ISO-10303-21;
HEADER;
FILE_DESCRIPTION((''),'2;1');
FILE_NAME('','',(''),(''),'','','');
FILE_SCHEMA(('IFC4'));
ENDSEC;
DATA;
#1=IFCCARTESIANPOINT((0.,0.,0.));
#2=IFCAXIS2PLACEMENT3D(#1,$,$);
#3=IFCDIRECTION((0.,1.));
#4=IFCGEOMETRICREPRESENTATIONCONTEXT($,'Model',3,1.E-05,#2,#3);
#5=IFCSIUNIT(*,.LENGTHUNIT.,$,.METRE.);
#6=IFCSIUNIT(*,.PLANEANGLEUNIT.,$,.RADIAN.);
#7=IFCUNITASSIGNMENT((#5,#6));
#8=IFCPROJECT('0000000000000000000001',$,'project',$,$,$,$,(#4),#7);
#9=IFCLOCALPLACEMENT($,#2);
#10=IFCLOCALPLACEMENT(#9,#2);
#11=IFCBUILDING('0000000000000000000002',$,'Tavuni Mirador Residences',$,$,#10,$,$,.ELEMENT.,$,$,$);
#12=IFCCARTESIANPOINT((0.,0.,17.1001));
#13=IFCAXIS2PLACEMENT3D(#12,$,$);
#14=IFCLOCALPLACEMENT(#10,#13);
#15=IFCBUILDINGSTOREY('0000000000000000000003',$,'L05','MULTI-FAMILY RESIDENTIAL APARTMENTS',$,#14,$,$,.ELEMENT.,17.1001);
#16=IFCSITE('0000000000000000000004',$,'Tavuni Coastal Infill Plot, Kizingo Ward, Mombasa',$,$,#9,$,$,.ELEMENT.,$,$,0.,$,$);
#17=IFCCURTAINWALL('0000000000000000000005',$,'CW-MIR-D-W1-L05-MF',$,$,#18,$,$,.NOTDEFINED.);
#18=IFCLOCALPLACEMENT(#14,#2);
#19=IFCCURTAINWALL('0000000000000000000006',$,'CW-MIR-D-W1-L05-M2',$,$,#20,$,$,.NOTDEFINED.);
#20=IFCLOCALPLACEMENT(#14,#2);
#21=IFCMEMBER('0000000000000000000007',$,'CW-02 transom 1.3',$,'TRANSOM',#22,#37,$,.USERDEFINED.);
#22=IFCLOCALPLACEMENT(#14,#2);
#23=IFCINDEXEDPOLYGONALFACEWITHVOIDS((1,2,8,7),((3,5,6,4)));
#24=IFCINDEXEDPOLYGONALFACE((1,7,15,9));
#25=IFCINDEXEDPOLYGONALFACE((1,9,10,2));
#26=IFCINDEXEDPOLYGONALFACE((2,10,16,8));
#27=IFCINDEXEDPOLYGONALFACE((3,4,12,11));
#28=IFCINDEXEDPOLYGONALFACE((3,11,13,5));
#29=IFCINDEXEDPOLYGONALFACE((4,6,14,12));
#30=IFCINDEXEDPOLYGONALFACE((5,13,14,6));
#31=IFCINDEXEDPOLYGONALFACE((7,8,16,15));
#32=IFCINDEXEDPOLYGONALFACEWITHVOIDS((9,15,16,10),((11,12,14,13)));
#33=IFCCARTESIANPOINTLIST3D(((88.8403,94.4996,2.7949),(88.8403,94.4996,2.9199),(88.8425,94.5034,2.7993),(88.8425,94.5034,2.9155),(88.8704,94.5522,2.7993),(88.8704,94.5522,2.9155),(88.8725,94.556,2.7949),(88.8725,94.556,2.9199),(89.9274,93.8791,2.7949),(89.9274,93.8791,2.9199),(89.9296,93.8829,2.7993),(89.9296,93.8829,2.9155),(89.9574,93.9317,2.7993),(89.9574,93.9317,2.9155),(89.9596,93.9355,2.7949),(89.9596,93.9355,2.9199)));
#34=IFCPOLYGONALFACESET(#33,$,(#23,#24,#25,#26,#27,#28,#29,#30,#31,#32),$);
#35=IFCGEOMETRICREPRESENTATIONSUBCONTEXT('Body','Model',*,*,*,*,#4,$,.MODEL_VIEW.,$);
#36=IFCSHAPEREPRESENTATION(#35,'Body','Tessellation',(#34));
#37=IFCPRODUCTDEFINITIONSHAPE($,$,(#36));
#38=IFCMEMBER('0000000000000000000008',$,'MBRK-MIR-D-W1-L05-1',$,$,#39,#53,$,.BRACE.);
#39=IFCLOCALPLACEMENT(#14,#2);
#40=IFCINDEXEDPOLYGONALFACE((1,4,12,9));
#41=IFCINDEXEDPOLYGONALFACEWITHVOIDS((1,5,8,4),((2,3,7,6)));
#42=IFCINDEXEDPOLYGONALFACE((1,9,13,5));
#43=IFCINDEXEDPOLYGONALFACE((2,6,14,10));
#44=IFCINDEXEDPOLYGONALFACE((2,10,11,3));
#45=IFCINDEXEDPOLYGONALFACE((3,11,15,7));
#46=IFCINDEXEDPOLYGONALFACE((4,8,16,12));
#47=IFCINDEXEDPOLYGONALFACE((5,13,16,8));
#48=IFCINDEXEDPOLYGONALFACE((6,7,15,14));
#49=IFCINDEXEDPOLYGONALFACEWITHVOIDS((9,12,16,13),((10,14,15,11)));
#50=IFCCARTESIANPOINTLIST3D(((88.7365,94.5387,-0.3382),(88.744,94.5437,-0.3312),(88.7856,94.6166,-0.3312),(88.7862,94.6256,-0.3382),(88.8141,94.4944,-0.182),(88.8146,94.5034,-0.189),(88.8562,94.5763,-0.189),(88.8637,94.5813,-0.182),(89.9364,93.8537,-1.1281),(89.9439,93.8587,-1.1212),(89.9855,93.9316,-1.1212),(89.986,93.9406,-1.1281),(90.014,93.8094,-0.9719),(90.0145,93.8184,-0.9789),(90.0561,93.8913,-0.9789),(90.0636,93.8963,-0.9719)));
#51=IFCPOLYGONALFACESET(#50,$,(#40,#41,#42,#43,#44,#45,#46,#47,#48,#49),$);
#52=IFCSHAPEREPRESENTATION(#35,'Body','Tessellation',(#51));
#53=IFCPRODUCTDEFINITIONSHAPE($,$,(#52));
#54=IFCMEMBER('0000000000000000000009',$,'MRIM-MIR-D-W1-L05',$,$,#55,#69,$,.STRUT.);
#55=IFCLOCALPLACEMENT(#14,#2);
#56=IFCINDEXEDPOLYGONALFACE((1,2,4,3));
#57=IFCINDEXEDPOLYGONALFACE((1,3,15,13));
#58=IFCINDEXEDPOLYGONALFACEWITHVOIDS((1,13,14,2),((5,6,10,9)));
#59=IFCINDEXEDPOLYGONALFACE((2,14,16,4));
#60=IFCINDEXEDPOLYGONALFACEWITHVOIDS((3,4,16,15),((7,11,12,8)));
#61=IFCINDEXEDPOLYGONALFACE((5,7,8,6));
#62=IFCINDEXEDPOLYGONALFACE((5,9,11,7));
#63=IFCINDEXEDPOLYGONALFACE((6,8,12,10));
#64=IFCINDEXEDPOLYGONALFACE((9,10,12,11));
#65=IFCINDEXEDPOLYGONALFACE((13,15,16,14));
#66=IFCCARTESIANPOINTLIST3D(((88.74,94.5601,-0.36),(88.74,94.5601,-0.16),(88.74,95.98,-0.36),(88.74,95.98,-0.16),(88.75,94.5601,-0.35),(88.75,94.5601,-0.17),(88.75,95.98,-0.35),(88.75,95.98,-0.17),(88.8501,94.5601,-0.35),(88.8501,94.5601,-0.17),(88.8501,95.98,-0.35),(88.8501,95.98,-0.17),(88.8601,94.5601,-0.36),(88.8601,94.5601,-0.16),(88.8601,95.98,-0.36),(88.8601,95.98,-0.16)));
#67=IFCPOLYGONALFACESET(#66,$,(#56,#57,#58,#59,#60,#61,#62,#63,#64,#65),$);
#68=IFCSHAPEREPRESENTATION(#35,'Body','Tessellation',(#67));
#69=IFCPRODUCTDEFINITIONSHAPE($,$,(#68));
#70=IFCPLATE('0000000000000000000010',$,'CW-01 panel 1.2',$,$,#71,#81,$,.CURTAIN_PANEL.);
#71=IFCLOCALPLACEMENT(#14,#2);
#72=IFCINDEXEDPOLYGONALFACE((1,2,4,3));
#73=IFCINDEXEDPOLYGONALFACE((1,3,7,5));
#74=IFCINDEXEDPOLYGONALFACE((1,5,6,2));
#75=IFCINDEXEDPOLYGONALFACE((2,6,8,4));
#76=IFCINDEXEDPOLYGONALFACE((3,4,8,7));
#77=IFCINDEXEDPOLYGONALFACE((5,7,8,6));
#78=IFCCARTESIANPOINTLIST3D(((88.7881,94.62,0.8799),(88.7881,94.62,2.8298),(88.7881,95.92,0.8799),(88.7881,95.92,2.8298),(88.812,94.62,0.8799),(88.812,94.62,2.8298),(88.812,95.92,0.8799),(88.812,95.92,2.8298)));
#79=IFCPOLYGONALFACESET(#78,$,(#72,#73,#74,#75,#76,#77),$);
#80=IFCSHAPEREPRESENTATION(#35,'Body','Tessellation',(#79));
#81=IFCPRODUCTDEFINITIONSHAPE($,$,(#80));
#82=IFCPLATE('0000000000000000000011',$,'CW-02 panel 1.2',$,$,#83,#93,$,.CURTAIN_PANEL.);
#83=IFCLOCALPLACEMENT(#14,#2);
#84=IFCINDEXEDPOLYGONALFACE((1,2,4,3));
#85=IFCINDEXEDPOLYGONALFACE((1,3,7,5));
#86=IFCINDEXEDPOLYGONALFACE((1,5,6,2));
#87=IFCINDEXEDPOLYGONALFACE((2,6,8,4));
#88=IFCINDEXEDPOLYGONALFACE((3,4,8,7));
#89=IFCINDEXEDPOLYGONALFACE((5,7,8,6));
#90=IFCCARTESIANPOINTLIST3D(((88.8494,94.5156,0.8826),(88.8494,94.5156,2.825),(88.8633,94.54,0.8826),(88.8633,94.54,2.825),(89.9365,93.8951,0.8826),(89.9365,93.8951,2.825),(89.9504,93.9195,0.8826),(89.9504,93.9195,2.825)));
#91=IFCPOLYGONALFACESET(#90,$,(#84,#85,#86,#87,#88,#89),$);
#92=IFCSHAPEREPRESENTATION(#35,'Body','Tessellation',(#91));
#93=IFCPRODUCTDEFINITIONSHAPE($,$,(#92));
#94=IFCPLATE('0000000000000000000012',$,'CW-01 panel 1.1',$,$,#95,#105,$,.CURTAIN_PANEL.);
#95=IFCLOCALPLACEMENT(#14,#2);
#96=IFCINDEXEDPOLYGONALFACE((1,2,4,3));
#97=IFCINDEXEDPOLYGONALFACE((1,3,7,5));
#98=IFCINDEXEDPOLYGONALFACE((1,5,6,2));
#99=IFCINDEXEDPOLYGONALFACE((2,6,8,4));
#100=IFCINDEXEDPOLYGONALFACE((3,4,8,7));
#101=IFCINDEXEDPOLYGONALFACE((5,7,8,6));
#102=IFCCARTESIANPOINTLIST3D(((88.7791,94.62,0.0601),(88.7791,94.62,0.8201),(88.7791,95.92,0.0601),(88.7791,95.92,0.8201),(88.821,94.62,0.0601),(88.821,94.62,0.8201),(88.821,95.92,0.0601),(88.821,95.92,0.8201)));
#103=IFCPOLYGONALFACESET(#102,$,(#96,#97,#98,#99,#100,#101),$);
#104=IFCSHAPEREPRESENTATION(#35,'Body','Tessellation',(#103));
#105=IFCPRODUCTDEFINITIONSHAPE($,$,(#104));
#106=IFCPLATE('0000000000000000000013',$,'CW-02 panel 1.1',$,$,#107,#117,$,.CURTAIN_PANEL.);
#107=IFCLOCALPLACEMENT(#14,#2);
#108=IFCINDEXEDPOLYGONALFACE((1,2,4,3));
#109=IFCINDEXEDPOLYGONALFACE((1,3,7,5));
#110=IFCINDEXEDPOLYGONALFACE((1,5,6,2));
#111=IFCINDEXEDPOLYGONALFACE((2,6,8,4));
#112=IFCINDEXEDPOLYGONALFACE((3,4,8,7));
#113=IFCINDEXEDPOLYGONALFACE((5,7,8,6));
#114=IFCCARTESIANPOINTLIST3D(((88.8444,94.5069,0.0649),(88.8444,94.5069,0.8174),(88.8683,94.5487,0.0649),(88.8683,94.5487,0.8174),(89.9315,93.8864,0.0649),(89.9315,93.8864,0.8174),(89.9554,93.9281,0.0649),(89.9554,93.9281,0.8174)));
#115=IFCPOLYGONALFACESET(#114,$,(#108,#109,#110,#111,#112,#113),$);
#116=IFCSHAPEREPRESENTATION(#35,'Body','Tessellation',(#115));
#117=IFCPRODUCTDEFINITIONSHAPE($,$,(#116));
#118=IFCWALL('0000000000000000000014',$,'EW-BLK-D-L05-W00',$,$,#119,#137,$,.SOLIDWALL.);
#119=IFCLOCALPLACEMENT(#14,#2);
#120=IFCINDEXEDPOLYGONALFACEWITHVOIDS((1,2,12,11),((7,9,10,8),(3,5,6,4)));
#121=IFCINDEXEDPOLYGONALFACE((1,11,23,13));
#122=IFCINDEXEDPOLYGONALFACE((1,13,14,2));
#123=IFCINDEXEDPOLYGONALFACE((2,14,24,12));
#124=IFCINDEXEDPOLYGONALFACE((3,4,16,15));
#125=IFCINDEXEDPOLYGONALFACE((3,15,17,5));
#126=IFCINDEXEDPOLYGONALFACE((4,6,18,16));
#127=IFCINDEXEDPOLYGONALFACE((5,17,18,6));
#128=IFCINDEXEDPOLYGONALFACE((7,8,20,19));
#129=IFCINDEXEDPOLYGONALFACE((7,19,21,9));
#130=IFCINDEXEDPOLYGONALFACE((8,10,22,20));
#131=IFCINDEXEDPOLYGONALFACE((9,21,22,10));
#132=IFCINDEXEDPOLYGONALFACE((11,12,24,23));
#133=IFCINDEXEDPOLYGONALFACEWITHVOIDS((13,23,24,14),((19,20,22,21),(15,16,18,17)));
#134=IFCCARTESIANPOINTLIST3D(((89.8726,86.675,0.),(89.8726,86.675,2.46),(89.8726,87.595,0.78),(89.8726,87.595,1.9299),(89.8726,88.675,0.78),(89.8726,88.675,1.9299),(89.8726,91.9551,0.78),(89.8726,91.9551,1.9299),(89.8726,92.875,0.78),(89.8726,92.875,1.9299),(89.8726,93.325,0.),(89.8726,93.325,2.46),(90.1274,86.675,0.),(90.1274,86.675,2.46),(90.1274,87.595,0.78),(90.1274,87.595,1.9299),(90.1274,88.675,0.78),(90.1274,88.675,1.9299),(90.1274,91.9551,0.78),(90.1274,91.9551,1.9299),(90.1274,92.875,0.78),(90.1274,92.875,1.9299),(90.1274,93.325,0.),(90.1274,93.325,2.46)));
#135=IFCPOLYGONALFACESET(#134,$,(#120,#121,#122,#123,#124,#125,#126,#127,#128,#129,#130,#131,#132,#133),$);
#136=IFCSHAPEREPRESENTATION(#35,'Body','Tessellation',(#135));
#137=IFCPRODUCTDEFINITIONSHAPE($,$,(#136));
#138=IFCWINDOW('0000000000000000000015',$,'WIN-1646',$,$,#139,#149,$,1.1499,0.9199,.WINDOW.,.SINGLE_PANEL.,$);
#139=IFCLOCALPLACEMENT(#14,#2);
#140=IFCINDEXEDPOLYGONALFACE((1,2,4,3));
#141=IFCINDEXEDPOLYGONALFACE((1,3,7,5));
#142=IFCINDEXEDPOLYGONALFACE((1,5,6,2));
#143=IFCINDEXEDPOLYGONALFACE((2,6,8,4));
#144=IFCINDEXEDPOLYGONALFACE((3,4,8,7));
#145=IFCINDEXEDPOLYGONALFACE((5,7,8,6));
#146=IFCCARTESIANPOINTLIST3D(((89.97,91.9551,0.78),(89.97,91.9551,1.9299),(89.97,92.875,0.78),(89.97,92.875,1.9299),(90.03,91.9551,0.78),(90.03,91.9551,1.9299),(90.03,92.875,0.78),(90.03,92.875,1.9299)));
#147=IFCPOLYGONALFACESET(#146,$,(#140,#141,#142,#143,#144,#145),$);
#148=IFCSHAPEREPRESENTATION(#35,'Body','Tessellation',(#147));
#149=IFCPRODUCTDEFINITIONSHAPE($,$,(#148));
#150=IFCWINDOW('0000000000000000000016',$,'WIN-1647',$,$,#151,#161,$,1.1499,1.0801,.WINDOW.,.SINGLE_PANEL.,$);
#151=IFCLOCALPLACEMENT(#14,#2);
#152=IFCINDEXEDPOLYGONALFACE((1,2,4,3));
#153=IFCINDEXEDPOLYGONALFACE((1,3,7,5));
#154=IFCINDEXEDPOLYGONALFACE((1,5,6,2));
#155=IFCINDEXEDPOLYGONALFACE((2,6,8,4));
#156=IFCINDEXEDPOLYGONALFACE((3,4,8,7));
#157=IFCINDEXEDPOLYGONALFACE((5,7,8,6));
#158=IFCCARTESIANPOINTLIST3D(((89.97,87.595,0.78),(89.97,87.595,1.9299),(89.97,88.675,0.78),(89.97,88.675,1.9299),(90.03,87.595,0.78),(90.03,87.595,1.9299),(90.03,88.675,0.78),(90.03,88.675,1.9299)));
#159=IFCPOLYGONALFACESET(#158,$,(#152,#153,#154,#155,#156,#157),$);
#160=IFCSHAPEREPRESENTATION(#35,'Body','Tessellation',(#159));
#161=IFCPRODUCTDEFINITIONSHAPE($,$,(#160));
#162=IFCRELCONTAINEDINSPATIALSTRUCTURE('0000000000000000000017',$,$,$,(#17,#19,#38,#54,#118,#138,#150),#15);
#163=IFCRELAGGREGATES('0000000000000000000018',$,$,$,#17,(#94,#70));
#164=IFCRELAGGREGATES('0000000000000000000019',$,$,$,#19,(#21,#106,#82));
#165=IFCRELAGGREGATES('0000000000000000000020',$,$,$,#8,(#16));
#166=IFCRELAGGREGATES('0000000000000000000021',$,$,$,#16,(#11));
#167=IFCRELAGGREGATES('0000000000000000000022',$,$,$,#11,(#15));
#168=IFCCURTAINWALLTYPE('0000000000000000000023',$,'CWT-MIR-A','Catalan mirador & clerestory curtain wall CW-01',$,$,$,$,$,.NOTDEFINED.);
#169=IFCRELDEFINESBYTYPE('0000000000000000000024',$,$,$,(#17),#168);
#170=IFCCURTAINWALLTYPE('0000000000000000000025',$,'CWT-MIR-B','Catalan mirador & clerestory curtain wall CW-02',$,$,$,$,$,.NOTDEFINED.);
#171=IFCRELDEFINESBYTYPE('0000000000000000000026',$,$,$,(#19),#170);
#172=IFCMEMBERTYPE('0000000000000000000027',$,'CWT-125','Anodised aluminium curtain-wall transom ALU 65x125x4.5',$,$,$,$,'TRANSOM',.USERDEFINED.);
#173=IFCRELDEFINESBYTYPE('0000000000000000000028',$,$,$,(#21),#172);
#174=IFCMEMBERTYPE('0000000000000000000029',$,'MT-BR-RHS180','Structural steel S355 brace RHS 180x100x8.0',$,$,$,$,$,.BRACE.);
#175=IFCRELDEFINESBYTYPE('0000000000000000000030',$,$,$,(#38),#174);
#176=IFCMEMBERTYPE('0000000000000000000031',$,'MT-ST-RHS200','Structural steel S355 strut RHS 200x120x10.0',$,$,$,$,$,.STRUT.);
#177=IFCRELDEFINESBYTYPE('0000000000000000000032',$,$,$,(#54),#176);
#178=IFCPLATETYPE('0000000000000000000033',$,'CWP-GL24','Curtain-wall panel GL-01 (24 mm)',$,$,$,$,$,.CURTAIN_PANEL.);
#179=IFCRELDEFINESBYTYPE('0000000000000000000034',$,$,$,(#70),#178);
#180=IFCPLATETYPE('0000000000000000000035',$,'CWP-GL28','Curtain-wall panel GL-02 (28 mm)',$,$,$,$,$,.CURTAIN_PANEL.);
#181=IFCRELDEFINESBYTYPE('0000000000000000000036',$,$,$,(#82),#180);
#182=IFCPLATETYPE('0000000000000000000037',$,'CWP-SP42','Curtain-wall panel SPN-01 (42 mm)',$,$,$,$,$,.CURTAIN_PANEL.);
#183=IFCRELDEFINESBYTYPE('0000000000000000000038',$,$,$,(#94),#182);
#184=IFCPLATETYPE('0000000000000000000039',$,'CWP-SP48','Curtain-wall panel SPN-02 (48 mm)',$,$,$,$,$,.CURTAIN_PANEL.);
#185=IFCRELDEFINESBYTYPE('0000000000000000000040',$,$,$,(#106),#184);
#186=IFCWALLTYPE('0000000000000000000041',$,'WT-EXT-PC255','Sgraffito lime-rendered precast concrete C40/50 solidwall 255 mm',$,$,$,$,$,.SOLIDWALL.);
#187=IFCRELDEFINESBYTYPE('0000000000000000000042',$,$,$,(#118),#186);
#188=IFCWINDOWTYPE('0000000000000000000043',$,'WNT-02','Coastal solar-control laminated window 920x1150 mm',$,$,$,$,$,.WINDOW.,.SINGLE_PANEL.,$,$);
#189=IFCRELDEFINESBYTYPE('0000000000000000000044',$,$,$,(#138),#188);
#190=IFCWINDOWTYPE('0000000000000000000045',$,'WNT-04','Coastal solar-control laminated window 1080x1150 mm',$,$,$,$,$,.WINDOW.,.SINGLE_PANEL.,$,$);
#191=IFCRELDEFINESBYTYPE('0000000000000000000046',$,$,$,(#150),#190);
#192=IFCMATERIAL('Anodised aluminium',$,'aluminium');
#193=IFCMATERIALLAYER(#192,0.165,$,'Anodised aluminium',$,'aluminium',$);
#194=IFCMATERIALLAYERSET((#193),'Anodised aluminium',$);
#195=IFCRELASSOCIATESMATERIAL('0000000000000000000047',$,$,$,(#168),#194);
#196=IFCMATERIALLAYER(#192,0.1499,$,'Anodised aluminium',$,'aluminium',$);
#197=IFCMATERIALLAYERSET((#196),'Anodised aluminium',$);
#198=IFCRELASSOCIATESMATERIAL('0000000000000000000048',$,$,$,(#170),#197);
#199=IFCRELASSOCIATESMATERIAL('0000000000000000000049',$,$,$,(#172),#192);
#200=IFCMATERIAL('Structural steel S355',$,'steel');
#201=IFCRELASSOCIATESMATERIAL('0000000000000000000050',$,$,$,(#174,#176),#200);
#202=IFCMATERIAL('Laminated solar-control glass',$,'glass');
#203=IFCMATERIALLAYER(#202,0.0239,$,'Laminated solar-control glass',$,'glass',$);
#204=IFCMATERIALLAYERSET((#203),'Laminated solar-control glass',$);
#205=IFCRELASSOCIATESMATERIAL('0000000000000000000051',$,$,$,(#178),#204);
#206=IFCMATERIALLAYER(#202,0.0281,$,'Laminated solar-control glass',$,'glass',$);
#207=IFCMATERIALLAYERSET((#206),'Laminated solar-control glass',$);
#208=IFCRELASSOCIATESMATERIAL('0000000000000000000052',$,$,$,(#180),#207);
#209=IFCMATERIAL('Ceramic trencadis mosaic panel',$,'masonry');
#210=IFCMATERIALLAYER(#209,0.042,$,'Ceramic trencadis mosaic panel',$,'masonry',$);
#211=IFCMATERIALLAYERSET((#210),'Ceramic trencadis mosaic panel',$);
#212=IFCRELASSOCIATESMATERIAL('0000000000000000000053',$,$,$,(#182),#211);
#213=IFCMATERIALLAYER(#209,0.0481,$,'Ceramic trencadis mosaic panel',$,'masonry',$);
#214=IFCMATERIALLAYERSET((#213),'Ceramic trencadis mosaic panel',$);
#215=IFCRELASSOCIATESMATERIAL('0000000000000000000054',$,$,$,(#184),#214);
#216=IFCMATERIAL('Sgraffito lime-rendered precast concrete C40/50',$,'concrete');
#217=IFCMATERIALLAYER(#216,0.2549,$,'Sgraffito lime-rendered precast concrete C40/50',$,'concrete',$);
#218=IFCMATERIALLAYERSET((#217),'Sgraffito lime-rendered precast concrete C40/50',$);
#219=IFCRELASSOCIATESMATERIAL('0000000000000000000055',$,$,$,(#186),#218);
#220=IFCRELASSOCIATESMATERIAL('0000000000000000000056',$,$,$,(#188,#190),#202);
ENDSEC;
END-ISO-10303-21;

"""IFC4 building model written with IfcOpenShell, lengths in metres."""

from ifc_helpers import new_model, si_unit, direction, frame, frame_2d, origin, origin_2d, place, context, subcontext, project, spatial, rectangle, hollow_rectangle, extrude, material, layer, layer_set, material_profile, profile_set, type_object, element, fill, aggregate, save


model = new_model("IFC4")

# Units and contexts
model_context = context("Model", 3, precision=1e-05, world=origin(), true_north=direction((0.0, 1.0)))
body_context = subcontext(model_context, "Body", "Model", "MODEL_VIEW")
ifc_project = project(units=[si_unit("LENGTHUNIT", "METRE"), si_unit("PLANEANGLEUNIT", "RADIAN")], contexts=[model_context])

# Site, building, storey
site_placement = place(None, origin())
site = spatial("IfcSite", under=ifc_project, at=site_placement, Name="Tavuni Coastal Infill Plot, Kizingo Ward, Mombasa", CompositionType="ELEMENT", RefElevation=0.0)
building_placement = place(site_placement, origin())
building = spatial("IfcBuilding", under=site, at=building_placement, Name="Tavuni Mirador Residences", CompositionType="ELEMENT")
storey_placement = place(building_placement, frame((0.0, 0.0, 17.1001)))
storey = spatial("IfcBuildingStorey", under=building, at=storey_placement, Name="L05", Description="MULTI-FAMILY RESIDENTIAL APARTMENTS", CompositionType="ELEMENT", Elevation=17.1001)

# Curtain wall
ifc_material_1 = material(Name="Anodised aluminium", Category="aluminium")
ifc_layer_1 = layer(ifc_material_1, 0.165, Name="Anodised aluminium", Category="aluminium")
ifc_layer_set_1 = layer_set([ifc_layer_1], Name="Anodised aluminium")
curtain_wall_type_1 = type_object("IfcCurtainWallType", Name="CWT-MIR-A", Description="Catalan mirador & clerestory curtain wall CW-01", PredefinedType="NOTDEFINED", material=ifc_layer_set_1)
curtain_wall_1_placement = place(storey_placement, origin())
curtain_wall_1 = element("IfcCurtainWall", 1, at=curtain_wall_1_placement, inside=storey, type_object=curtain_wall_type_1, Name="CW-MIR-D-W1-L05-MF", PredefinedType="NOTDEFINED")

# Curtain wall
ifc_layer_2 = layer(ifc_material_1, 0.1499, Name="Anodised aluminium", Category="aluminium")
ifc_layer_set_2 = layer_set([ifc_layer_2], Name="Anodised aluminium")
curtain_wall_type_2 = type_object("IfcCurtainWallType", Name="CWT-MIR-B", Description="Catalan mirador & clerestory curtain wall CW-02", PredefinedType="NOTDEFINED", material=ifc_layer_set_2)
curtain_wall_2_placement = place(storey_placement, origin())
curtain_wall_2 = element("IfcCurtainWall", 2, at=curtain_wall_2_placement, inside=storey, type_object=curtain_wall_type_2, Name="CW-MIR-D-W1-L05-M2", PredefinedType="NOTDEFINED")

# Member
ifc_material_profile_1 = material_profile(ifc_material_1, hollow_rectangle(XDim=0.0649, YDim=0.125, WallThickness=0.0044, at=origin_2d()), Name="ALU 65x125x4.5", Category="aluminium")
ifc_profile_set_1 = profile_set([ifc_material_profile_1], Name="Anodised aluminium")
member_type_1 = type_object("IfcMemberType", Name="CWT-125", Description="Anodised aluminium curtain-wall transom ALU 65x125x4.5", ElementType="TRANSOM", PredefinedType="USERDEFINED", material=ifc_profile_set_1)
member_1_placement = place(storey_placement, frame((88.8564, 94.5278, 2.8574), z_axis=(0.868459, -0.495761, 0.0), x_axis=(0.495761, 0.868459, 0.0)))
member_1 = element("IfcMember", 3, at=member_1_placement, type_object=member_type_1, Name="CW-02 transom 1.3", ObjectType="TRANSOM", PredefinedType="USERDEFINED", context=body_context, shape_type="SweptSolid", body=[
    extrude(hollow_rectangle(XDim=0.0649, YDim=0.125, WallThickness=0.0044, at=origin_2d()), origin(), (0.0, 0.0, 1.0), 1.2517),
])

# Members
ifc_material_2 = material(Name="Structural steel S355", Category="steel")
ifc_material_profile_2 = material_profile(ifc_material_2, hollow_rectangle(XDim=0.1001, YDim=0.1799, WallThickness=0.0081, at=origin_2d()), Name="RHS 180x100x8.0", Category="steel")
ifc_profile_set_2 = profile_set([ifc_material_profile_2], Name="Structural steel S355")
member_type_2 = type_object("IfcMemberType", Name="MT-BR-RHS180", Description="Structural steel S355 brace RHS 180x100x8.0", PredefinedType="BRACE", material=ifc_profile_set_2)
member_2_placement = place(storey_placement, frame((90.0, 93.875, -1.05), z_axis=(-0.753904, 0.430408, 0.496365), x_axis=(-0.495796, -0.868439, 0.0)))
element("IfcMember", 4, at=member_2_placement, inside=storey, type_object=member_type_2, Name="MBRK-MIR-D-W1-L05-1", PredefinedType="BRACE", context=body_context, shape_type="SweptSolid", body=[
    extrude(hollow_rectangle(XDim=0.1001, YDim=0.1799, WallThickness=0.0081, at=origin_2d()), origin(), (0.0, 0.0, 1.0), 1.5916),
])
ifc_material_profile_3 = material_profile(ifc_material_2, hollow_rectangle(XDim=0.1201, YDim=0.2, WallThickness=0.01, at=origin_2d()), Name="RHS 200x120x10.0", Category="steel")
ifc_profile_set_3 = profile_set([ifc_material_profile_3], Name="Structural steel S355")
member_type_3 = type_object("IfcMemberType", Name="MT-ST-RHS200", Description="Structural steel S355 strut RHS 200x120x10.0", PredefinedType="STRUT", material=ifc_profile_set_3)
member_3_placement = place(storey_placement, frame((88.8, 94.5601, -0.26), z_axis=(0.0, 1.0, 0.0), x_axis=(-1.0, 0.0, 0.0)))
element("IfcMember", 5, at=member_3_placement, inside=storey, type_object=member_type_3, Name="MRIM-MIR-D-W1-L05", PredefinedType="STRUT", context=body_context, shape_type="SweptSolid", body=[
    extrude(hollow_rectangle(XDim=0.1201, YDim=0.2, WallThickness=0.01, at=origin_2d()), origin(), (0.0, 0.0, 1.0), 1.4199),
])

# Plates
ifc_material_3 = material(Name="Laminated solar-control glass", Category="glass")
ifc_layer_3 = layer(ifc_material_3, 0.0239, Name="Laminated solar-control glass", Category="glass")
ifc_layer_set_3 = layer_set([ifc_layer_3], Name="Laminated solar-control glass")
plate_type_1 = type_object("IfcPlateType", Name="CWP-GL24", Description="Curtain-wall panel GL-01 (24 mm)", PredefinedType="CURTAIN_PANEL", material=ifc_layer_set_3)
plate_1_placement = place(storey_placement, frame((88.8, 95.27, 0.8799), z_axis=(0.0, 0.0, 1.0), x_axis=(0.0, -1.0, 0.0)))
plate_1 = element("IfcPlate", 6, at=plate_1_placement, type_object=plate_type_1, Name="CW-01 panel 1.2", PredefinedType="CURTAIN_PANEL", context=body_context, shape_type="SweptSolid", body=[
    extrude(rectangle(XDim=1.3, YDim=0.0239, at=origin_2d()), origin(), (0.0, 0.0, 1.0), 1.95),
])
ifc_layer_4 = layer(ifc_material_3, 0.0281, Name="Laminated solar-control glass", Category="glass")
ifc_layer_set_4 = layer_set([ifc_layer_4], Name="Laminated solar-control glass")
plate_type_2 = type_object("IfcPlateType", Name="CWP-GL28", Description="Curtain-wall panel GL-02 (28 mm)", PredefinedType="CURTAIN_PANEL", material=ifc_layer_set_4)
plate_2_placement = place(storey_placement, frame((89.3999, 94.2175, 0.8826), z_axis=(0.0, 0.0, 1.0), x_axis=(0.868466, -0.495749, 0.0)))
plate_2 = element("IfcPlate", 7, at=plate_2_placement, type_object=plate_type_2, Name="CW-02 panel 1.2", PredefinedType="CURTAIN_PANEL", context=body_context, shape_type="SweptSolid", body=[
    extrude(rectangle(XDim=1.2517, YDim=0.0281, at=origin_2d()), origin(), (0.0, 0.0, 1.0), 1.9424),
])
ifc_material_4 = material(Name="Ceramic trencadis mosaic panel", Category="masonry")
ifc_layer_5 = layer(ifc_material_4, 0.042, Name="Ceramic trencadis mosaic panel", Category="masonry")
ifc_layer_set_5 = layer_set([ifc_layer_5], Name="Ceramic trencadis mosaic panel")
plate_type_3 = type_object("IfcPlateType", Name="CWP-SP42", Description="Curtain-wall panel SPN-01 (42 mm)", PredefinedType="CURTAIN_PANEL", material=ifc_layer_set_5)
plate_3_placement = place(storey_placement, frame((88.8, 95.27, 0.0601), z_axis=(0.0, 0.0, 1.0), x_axis=(0.0, -1.0, 0.0)))
plate_3 = element("IfcPlate", 8, at=plate_3_placement, type_object=plate_type_3, Name="CW-01 panel 1.1", PredefinedType="CURTAIN_PANEL", context=body_context, shape_type="SweptSolid", body=[
    extrude(rectangle(XDim=1.3, YDim=0.042, at=origin_2d()), origin(), (0.0, 0.0, 1.0), 0.76),
])
aggregate(curtain_wall_1, [plate_3, plate_1])
ifc_layer_6 = layer(ifc_material_4, 0.0481, Name="Ceramic trencadis mosaic panel", Category="masonry")
ifc_layer_set_6 = layer_set([ifc_layer_6], Name="Ceramic trencadis mosaic panel")
plate_type_4 = type_object("IfcPlateType", Name="CWP-SP48", Description="Curtain-wall panel SPN-02 (48 mm)", PredefinedType="CURTAIN_PANEL", material=ifc_layer_set_6)
plate_4_placement = place(storey_placement, frame((89.3999, 94.2175, 0.0649), z_axis=(0.0, 0.0, 1.0), x_axis=(0.868466, -0.495749, 0.0)))
plate_4 = element("IfcPlate", 9, at=plate_4_placement, type_object=plate_type_4, Name="CW-02 panel 1.1", PredefinedType="CURTAIN_PANEL", context=body_context, shape_type="SweptSolid", body=[
    extrude(rectangle(XDim=1.2517, YDim=0.0481, at=origin_2d()), origin(), (0.0, 0.0, 1.0), 0.7524),
])
aggregate(curtain_wall_2, [member_1, plate_4, plate_2])

# Wall, openings, windows
ifc_material_5 = material(Name="Sgraffito lime-rendered precast concrete C40/50", Category="concrete")
ifc_layer_7 = layer(ifc_material_5, 0.2549, Name="Sgraffito lime-rendered precast concrete C40/50", Category="concrete")
ifc_layer_set_7 = layer_set([ifc_layer_7], Name="Sgraffito lime-rendered precast concrete C40/50")
wall_type_1 = type_object("IfcWallType", Name="WT-EXT-PC255", Description="Sgraffito lime-rendered precast concrete C40/50 solidwall 255 mm", PredefinedType="SOLIDWALL", material=ifc_layer_set_7)
wall_1_placement = place(storey_placement, frame((90.0, 93.325, 0.0), z_axis=(0.0, 0.0, 1.0), x_axis=(0.0, -1.0, 0.0)))
wall_1 = element("IfcWall", 10, at=wall_1_placement, inside=storey, type_object=wall_type_1, Name="EW-BLK-D-L05-W00", PredefinedType="SOLIDWALL", context=body_context, shape_type="SweptSolid", body=[
    extrude(rectangle(XDim=6.6499, YDim=0.2549, at=frame_2d((3.325, 0.0))), origin(), (0.0, 0.0, 1.0), 2.46),
])
opening_1_placement = place(wall_1_placement, frame((0.45, 0.0, 0.78)))
opening_1 = element("IfcOpeningElement", 11, at=opening_1_placement, cuts=wall_1, PredefinedType="OPENING", context=body_context, shape_type="SweptSolid", body=[
    extrude(rectangle(XDim=0.9199, YDim=1.1499, at=frame_2d((0.46, 0.575))), frame((0.0, 0.1375, 0.0), z_axis=(0.0, -1.0, 0.0), x_axis=(1.0, 0.0, 0.0)), (0.0, 0.0, 1.0), 0.2749),
])
opening_2_placement = place(wall_1_placement, frame((4.6499, 0.0, 0.78)))
opening_2 = element("IfcOpeningElement", 12, at=opening_2_placement, cuts=wall_1, PredefinedType="OPENING", context=body_context, shape_type="SweptSolid", body=[
    extrude(rectangle(XDim=1.0801, YDim=1.1499, at=frame_2d((0.54, 0.575))), frame((0.0, 0.1375, 0.0), z_axis=(0.0, -1.0, 0.0), x_axis=(1.0, 0.0, 0.0)), (0.0, 0.0, 1.0), 0.2749),
])
window_type_1 = type_object("IfcWindowType", Name="WNT-02", Description="Coastal solar-control laminated window 920x1150 mm", PartitioningType="SINGLE_PANEL", PredefinedType="WINDOW", material=ifc_material_3)
window_1_placement = place(opening_1_placement, origin())
window_1 = element("IfcWindow", 13, at=window_1_placement, inside=storey, type_object=window_type_1, Name="WIN-1646", OverallHeight=1.1499, OverallWidth=0.9199, PartitioningType="SINGLE_PANEL", PredefinedType="WINDOW", context=body_context, shape_type="SweptSolid", body=[
    extrude(rectangle(XDim=0.9199, YDim=1.1499, at=frame_2d((0.46, 0.575))), frame((0.0, 0.03, 0.0), z_axis=(0.0, -1.0, 0.0), x_axis=(1.0, 0.0, 0.0)), (0.0, 0.0, 1.0), 0.0601),
])
fill(opening_1, window_1)
window_type_2 = type_object("IfcWindowType", Name="WNT-04", Description="Coastal solar-control laminated window 1080x1150 mm", PartitioningType="SINGLE_PANEL", PredefinedType="WINDOW", material=ifc_material_3)
window_2_placement = place(opening_2_placement, origin())
window_2 = element("IfcWindow", 14, at=window_2_placement, inside=storey, type_object=window_type_2, Name="WIN-1647", OverallHeight=1.1499, OverallWidth=1.0801, PartitioningType="SINGLE_PANEL", PredefinedType="WINDOW", context=body_context, shape_type="SweptSolid", body=[
    extrude(rectangle(XDim=1.0801, YDim=1.1499, at=frame_2d((0.54, 0.575))), frame((0.0, 0.03, 0.0), z_axis=(0.0, -1.0, 0.0), x_axis=(1.0, 0.0, 0.0)), (0.0, 0.0, 1.0), 0.0601),
])
fill(opening_2, window_2)

save(model, "model.ifc")
